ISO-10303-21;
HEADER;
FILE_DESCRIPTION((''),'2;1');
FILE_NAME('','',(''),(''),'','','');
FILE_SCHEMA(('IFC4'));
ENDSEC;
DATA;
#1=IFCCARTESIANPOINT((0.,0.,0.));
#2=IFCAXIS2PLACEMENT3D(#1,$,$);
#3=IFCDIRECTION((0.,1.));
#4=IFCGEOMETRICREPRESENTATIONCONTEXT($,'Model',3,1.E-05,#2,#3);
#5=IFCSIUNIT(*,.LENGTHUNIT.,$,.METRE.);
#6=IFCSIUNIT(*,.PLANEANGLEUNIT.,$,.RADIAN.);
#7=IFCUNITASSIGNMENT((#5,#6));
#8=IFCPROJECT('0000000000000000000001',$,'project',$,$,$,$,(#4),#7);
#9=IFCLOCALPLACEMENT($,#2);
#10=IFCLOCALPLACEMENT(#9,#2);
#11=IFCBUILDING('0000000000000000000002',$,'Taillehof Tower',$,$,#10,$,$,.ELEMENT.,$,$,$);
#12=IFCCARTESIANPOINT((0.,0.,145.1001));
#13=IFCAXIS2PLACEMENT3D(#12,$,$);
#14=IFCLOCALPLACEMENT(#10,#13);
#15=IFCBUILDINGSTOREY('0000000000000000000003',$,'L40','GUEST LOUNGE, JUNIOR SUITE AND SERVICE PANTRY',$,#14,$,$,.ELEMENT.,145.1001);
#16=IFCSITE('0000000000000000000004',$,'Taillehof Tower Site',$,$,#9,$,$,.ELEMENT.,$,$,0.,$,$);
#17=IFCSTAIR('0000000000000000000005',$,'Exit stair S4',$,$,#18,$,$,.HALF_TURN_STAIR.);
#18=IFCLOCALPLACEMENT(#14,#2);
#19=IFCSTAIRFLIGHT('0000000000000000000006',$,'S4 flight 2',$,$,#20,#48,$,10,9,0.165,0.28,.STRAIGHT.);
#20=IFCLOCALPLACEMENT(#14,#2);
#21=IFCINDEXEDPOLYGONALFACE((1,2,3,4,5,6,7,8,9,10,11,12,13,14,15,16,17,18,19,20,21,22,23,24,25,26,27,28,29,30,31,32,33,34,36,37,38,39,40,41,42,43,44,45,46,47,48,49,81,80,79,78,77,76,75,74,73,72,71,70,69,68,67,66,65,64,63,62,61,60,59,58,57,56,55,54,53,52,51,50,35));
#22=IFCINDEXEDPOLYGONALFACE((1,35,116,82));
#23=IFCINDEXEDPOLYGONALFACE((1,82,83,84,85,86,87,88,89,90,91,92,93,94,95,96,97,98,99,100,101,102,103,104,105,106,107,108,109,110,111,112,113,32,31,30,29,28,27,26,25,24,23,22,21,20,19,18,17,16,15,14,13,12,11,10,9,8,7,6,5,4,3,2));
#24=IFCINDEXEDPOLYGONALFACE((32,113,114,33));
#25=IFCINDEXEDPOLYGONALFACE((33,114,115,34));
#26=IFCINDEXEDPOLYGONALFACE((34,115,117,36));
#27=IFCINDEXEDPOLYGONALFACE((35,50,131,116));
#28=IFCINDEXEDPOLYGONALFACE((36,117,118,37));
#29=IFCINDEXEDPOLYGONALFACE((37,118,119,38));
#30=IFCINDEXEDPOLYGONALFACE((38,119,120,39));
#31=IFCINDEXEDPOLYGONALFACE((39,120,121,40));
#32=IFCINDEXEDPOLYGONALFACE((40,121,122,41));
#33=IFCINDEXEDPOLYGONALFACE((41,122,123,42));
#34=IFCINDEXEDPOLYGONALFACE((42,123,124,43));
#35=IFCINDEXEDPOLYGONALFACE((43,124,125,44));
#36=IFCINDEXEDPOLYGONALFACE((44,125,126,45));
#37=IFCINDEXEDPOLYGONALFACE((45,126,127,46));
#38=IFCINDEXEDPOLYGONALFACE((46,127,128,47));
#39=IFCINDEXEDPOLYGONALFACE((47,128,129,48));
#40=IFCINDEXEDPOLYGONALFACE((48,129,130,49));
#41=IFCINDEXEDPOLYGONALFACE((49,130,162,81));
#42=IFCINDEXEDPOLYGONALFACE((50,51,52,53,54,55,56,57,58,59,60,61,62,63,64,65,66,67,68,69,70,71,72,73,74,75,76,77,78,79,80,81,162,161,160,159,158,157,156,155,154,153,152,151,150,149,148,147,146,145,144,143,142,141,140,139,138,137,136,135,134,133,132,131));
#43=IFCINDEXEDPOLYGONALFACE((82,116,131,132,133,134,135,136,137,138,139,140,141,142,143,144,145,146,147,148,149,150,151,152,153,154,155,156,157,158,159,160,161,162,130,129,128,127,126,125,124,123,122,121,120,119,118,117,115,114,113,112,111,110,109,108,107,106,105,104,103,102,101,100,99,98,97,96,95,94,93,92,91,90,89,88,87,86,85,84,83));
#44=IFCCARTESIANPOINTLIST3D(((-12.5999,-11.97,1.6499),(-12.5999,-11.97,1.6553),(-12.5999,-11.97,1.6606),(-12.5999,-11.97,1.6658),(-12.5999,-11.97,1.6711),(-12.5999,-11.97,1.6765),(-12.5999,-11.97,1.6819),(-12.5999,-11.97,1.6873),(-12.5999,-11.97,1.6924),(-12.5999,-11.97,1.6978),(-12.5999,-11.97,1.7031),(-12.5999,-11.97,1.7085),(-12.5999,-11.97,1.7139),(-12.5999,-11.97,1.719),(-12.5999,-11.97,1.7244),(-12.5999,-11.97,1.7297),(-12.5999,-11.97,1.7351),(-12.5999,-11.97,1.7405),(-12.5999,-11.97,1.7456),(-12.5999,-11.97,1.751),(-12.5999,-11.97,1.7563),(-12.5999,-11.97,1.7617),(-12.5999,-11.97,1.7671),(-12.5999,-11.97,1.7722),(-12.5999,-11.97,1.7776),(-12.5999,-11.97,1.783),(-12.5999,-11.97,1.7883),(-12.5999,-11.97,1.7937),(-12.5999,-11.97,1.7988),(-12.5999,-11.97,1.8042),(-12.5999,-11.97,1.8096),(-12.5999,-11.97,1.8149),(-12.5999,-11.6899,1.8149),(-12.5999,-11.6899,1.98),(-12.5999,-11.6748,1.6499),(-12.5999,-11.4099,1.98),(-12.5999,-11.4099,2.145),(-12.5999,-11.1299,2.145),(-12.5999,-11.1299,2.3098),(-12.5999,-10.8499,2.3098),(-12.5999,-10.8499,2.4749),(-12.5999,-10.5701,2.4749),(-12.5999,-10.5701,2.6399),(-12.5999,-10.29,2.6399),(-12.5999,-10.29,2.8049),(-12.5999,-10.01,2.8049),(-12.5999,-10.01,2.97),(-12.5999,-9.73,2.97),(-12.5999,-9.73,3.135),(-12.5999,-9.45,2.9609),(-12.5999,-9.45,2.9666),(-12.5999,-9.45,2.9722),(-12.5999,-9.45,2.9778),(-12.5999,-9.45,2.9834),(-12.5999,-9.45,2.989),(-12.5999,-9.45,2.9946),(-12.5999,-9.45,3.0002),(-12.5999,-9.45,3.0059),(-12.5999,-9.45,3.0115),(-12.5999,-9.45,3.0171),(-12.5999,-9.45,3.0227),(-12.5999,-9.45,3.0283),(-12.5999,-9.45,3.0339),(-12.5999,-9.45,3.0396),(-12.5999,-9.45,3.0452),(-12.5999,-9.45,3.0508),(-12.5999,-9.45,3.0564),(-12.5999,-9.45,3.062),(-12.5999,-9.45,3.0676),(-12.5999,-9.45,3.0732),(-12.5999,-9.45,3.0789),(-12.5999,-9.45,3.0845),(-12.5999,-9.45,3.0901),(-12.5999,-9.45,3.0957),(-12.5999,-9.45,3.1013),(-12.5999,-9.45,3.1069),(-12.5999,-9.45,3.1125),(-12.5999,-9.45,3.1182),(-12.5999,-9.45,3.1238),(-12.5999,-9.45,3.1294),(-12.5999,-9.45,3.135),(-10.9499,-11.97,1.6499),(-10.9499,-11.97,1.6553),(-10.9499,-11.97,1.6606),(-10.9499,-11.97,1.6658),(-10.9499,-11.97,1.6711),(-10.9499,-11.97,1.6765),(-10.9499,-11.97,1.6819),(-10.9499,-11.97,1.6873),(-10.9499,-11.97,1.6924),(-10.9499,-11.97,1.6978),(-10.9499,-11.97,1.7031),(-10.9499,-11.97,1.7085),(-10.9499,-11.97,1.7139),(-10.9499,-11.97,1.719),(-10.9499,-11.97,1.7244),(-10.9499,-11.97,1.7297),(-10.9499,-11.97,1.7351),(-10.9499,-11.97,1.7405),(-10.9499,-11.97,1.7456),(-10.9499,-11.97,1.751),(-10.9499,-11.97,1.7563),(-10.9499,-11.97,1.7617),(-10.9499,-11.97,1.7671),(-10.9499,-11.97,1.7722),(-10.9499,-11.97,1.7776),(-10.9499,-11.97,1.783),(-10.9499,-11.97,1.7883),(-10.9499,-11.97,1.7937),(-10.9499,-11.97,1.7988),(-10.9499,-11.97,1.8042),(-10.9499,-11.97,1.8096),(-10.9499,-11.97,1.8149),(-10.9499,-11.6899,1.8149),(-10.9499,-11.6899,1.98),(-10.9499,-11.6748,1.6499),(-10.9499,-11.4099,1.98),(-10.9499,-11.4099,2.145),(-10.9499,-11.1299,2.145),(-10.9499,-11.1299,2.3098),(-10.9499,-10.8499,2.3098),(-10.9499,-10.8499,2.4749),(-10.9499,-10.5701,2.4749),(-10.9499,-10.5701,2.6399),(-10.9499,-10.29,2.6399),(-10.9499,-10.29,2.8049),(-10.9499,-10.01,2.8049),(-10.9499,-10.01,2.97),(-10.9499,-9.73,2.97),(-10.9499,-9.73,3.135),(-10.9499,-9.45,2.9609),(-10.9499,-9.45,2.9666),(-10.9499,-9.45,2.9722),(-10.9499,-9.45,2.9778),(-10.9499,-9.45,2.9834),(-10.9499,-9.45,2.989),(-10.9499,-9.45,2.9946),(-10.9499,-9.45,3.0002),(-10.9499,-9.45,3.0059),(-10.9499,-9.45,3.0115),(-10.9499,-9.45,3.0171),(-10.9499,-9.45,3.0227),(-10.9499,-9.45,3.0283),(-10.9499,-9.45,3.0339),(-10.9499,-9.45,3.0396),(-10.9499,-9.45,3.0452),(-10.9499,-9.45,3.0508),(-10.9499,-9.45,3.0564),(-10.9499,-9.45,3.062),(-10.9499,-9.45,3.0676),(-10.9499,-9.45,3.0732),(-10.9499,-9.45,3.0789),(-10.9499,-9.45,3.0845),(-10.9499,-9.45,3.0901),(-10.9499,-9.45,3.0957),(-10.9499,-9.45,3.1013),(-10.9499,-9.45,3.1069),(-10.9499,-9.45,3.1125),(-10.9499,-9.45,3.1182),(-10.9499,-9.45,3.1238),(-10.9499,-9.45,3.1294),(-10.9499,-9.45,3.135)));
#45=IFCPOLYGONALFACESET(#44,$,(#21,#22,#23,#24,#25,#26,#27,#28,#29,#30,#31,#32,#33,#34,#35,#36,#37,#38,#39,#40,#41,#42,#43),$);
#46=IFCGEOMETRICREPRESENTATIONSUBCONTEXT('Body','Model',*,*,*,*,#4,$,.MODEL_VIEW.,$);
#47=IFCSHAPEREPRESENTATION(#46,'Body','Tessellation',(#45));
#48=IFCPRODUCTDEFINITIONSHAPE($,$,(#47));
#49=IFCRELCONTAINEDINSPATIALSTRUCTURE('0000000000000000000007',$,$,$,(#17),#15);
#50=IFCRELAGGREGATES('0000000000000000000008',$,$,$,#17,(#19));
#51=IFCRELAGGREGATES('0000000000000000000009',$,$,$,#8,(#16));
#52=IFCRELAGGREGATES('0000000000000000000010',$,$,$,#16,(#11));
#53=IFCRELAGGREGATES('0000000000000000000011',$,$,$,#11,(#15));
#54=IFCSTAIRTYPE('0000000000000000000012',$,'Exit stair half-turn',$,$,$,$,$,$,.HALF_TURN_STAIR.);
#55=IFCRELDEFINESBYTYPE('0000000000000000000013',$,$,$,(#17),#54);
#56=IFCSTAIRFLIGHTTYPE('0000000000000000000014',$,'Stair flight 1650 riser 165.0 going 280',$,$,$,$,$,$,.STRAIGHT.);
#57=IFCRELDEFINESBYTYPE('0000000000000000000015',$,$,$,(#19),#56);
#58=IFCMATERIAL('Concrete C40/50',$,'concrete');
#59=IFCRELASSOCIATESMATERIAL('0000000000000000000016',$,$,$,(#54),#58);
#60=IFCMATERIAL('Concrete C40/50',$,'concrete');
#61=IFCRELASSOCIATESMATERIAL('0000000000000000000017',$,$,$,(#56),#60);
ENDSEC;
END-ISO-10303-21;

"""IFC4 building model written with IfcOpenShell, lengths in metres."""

from ifc_helpers import new_model, si_unit, direction, frame, origin, place, context, subcontext, project, spatial, polyline, outline, extrude, material, type_object, element, aggregate, save


model = new_model("IFC4")

# Units and contexts
model_context = context("Model", 3, precision=1e-05, world=origin(), true_north=direction((0.0, 1.0)))
body_context = subcontext(model_context, "Body", "Model", "MODEL_VIEW")
ifc_project = project(units=[si_unit("LENGTHUNIT", "METRE"), si_unit("PLANEANGLEUNIT", "RADIAN")], contexts=[model_context])

# Site, building, storey
site_placement = place(None, origin())
site = spatial("IfcSite", under=ifc_project, at=site_placement, Name="Taillehof Tower Site", CompositionType="ELEMENT", RefElevation=0.0)
building_placement = place(site_placement, origin())
building = spatial("IfcBuilding", under=site, at=building_placement, Name="Taillehof Tower", CompositionType="ELEMENT")
storey_placement = place(building_placement, frame((0.0, 0.0, 145.1001)))
storey = spatial("IfcBuildingStorey", under=building, at=storey_placement, Name="L40", Description="GUEST LOUNGE, JUNIOR SUITE AND SERVICE PANTRY", CompositionType="ELEMENT", Elevation=145.1001)

# Stair, stair flight
ifc_material_1 = material(Name="Concrete C40/50", Category="concrete")
stair_type = type_object("IfcStairType", Name="Exit stair half-turn", PredefinedType="HALF_TURN_STAIR", material=ifc_material_1)
stair_placement = place(storey_placement, origin())
stair = element("IfcStair", 1, at=stair_placement, inside=storey, type_object=stair_type, Name="Exit stair S4", PredefinedType="HALF_TURN_STAIR")
ifc_material_2 = material(Name="Concrete C40/50", Category="concrete")
stair_flight_type = type_object("IfcStairFlightType", Name="Stair flight 1650 riser 165.0 going 280", PredefinedType="STRAIGHT", material=ifc_material_2)
stair_flight_placement = place(storey_placement, frame((-11.7749, -11.97, 1.6499), z_axis=(0.0, 0.0, 1.0), x_axis=(0.0, 1.0, 0.0)))
stair_flight = element("IfcStairFlight", 2, at=stair_flight_placement, type_object=stair_flight_type, Name="S4 flight 2", NumberOfRisers=10, NumberOfTreads=9, PredefinedType="STRAIGHT", RiserHeight=0.165, TreadLength=0.28, context=body_context, shape_type="SweptSolid", body=[
    extrude(outline(polyline([(0.0, 0.0), (0.0, 0.0054), (0.0, 0.0107), (0.0, 0.0159), (0.0, 0.0212), (0.0, 0.0266), (0.0, 0.032), (0.0, 0.0374), (0.0, 0.0425), (0.0, 0.0479), (0.0, 0.0532), (0.0, 0.0586), (0.0, 0.064), (0.0, 0.0691), (0.0, 0.0745), (0.0, 0.0798), (0.0, 0.0852), (0.0, 0.0906), (0.0, 0.0957), (0.0, 0.1011), (0.0, 0.1064), (0.0, 0.1118), (0.0, 0.1172), (0.0, 0.1223), (0.0, 0.1277), (0.0, 0.1331), (0.0, 0.1384), (0.0, 0.1438), (0.0, 0.1489), (0.0, 0.1543), (0.0, 0.1597), (0.0, 0.165), (0.28, 0.165), (0.28, 0.3301), (0.5601, 0.3301), (0.5601, 0.4951), (0.8401, 0.4951), (0.8401, 0.6599), (1.1201, 0.6599), (1.1201, 0.825), (1.3999, 0.825), (1.3999, 0.99), (1.6799, 0.99), (1.6799, 1.155), (1.96, 1.155), (1.96, 1.3201), (2.24, 1.3201), (2.24, 1.4851), (2.52, 1.4851), (2.52, 1.4795), (2.52, 1.4739), (2.52, 1.4683), (2.52, 1.4626), (2.52, 1.457), (2.52, 1.4514), (2.52, 1.4458), (2.52, 1.4402), (2.52, 1.4346), (2.52, 1.429), (2.52, 1.4233), (2.52, 1.4177), (2.52, 1.4121), (2.52, 1.4065), (2.52, 1.4009), (2.52, 1.3953), (2.52, 1.3896), (2.52, 1.384), (2.52, 1.3784), (2.52, 1.3728), (2.52, 1.3672), (2.52, 1.3616), (2.52, 1.356), (2.52, 1.3503), (2.52, 1.3447), (2.52, 1.3391), (2.52, 1.3335), (2.52, 1.3279), (2.52, 1.3223), (2.52, 1.3167), (2.52, 1.311), (0.2952, 0.0), (0.0, 0.0)])), frame((0.0, 0.825, 0.0), z_axis=(0.0, -1.0, 0.0), x_axis=(1.0, 0.0, 0.0)), (0.0, 0.0, 1.0), 1.65),
])
aggregate(stair, [stair_flight])

save(model, "model.ifc")
